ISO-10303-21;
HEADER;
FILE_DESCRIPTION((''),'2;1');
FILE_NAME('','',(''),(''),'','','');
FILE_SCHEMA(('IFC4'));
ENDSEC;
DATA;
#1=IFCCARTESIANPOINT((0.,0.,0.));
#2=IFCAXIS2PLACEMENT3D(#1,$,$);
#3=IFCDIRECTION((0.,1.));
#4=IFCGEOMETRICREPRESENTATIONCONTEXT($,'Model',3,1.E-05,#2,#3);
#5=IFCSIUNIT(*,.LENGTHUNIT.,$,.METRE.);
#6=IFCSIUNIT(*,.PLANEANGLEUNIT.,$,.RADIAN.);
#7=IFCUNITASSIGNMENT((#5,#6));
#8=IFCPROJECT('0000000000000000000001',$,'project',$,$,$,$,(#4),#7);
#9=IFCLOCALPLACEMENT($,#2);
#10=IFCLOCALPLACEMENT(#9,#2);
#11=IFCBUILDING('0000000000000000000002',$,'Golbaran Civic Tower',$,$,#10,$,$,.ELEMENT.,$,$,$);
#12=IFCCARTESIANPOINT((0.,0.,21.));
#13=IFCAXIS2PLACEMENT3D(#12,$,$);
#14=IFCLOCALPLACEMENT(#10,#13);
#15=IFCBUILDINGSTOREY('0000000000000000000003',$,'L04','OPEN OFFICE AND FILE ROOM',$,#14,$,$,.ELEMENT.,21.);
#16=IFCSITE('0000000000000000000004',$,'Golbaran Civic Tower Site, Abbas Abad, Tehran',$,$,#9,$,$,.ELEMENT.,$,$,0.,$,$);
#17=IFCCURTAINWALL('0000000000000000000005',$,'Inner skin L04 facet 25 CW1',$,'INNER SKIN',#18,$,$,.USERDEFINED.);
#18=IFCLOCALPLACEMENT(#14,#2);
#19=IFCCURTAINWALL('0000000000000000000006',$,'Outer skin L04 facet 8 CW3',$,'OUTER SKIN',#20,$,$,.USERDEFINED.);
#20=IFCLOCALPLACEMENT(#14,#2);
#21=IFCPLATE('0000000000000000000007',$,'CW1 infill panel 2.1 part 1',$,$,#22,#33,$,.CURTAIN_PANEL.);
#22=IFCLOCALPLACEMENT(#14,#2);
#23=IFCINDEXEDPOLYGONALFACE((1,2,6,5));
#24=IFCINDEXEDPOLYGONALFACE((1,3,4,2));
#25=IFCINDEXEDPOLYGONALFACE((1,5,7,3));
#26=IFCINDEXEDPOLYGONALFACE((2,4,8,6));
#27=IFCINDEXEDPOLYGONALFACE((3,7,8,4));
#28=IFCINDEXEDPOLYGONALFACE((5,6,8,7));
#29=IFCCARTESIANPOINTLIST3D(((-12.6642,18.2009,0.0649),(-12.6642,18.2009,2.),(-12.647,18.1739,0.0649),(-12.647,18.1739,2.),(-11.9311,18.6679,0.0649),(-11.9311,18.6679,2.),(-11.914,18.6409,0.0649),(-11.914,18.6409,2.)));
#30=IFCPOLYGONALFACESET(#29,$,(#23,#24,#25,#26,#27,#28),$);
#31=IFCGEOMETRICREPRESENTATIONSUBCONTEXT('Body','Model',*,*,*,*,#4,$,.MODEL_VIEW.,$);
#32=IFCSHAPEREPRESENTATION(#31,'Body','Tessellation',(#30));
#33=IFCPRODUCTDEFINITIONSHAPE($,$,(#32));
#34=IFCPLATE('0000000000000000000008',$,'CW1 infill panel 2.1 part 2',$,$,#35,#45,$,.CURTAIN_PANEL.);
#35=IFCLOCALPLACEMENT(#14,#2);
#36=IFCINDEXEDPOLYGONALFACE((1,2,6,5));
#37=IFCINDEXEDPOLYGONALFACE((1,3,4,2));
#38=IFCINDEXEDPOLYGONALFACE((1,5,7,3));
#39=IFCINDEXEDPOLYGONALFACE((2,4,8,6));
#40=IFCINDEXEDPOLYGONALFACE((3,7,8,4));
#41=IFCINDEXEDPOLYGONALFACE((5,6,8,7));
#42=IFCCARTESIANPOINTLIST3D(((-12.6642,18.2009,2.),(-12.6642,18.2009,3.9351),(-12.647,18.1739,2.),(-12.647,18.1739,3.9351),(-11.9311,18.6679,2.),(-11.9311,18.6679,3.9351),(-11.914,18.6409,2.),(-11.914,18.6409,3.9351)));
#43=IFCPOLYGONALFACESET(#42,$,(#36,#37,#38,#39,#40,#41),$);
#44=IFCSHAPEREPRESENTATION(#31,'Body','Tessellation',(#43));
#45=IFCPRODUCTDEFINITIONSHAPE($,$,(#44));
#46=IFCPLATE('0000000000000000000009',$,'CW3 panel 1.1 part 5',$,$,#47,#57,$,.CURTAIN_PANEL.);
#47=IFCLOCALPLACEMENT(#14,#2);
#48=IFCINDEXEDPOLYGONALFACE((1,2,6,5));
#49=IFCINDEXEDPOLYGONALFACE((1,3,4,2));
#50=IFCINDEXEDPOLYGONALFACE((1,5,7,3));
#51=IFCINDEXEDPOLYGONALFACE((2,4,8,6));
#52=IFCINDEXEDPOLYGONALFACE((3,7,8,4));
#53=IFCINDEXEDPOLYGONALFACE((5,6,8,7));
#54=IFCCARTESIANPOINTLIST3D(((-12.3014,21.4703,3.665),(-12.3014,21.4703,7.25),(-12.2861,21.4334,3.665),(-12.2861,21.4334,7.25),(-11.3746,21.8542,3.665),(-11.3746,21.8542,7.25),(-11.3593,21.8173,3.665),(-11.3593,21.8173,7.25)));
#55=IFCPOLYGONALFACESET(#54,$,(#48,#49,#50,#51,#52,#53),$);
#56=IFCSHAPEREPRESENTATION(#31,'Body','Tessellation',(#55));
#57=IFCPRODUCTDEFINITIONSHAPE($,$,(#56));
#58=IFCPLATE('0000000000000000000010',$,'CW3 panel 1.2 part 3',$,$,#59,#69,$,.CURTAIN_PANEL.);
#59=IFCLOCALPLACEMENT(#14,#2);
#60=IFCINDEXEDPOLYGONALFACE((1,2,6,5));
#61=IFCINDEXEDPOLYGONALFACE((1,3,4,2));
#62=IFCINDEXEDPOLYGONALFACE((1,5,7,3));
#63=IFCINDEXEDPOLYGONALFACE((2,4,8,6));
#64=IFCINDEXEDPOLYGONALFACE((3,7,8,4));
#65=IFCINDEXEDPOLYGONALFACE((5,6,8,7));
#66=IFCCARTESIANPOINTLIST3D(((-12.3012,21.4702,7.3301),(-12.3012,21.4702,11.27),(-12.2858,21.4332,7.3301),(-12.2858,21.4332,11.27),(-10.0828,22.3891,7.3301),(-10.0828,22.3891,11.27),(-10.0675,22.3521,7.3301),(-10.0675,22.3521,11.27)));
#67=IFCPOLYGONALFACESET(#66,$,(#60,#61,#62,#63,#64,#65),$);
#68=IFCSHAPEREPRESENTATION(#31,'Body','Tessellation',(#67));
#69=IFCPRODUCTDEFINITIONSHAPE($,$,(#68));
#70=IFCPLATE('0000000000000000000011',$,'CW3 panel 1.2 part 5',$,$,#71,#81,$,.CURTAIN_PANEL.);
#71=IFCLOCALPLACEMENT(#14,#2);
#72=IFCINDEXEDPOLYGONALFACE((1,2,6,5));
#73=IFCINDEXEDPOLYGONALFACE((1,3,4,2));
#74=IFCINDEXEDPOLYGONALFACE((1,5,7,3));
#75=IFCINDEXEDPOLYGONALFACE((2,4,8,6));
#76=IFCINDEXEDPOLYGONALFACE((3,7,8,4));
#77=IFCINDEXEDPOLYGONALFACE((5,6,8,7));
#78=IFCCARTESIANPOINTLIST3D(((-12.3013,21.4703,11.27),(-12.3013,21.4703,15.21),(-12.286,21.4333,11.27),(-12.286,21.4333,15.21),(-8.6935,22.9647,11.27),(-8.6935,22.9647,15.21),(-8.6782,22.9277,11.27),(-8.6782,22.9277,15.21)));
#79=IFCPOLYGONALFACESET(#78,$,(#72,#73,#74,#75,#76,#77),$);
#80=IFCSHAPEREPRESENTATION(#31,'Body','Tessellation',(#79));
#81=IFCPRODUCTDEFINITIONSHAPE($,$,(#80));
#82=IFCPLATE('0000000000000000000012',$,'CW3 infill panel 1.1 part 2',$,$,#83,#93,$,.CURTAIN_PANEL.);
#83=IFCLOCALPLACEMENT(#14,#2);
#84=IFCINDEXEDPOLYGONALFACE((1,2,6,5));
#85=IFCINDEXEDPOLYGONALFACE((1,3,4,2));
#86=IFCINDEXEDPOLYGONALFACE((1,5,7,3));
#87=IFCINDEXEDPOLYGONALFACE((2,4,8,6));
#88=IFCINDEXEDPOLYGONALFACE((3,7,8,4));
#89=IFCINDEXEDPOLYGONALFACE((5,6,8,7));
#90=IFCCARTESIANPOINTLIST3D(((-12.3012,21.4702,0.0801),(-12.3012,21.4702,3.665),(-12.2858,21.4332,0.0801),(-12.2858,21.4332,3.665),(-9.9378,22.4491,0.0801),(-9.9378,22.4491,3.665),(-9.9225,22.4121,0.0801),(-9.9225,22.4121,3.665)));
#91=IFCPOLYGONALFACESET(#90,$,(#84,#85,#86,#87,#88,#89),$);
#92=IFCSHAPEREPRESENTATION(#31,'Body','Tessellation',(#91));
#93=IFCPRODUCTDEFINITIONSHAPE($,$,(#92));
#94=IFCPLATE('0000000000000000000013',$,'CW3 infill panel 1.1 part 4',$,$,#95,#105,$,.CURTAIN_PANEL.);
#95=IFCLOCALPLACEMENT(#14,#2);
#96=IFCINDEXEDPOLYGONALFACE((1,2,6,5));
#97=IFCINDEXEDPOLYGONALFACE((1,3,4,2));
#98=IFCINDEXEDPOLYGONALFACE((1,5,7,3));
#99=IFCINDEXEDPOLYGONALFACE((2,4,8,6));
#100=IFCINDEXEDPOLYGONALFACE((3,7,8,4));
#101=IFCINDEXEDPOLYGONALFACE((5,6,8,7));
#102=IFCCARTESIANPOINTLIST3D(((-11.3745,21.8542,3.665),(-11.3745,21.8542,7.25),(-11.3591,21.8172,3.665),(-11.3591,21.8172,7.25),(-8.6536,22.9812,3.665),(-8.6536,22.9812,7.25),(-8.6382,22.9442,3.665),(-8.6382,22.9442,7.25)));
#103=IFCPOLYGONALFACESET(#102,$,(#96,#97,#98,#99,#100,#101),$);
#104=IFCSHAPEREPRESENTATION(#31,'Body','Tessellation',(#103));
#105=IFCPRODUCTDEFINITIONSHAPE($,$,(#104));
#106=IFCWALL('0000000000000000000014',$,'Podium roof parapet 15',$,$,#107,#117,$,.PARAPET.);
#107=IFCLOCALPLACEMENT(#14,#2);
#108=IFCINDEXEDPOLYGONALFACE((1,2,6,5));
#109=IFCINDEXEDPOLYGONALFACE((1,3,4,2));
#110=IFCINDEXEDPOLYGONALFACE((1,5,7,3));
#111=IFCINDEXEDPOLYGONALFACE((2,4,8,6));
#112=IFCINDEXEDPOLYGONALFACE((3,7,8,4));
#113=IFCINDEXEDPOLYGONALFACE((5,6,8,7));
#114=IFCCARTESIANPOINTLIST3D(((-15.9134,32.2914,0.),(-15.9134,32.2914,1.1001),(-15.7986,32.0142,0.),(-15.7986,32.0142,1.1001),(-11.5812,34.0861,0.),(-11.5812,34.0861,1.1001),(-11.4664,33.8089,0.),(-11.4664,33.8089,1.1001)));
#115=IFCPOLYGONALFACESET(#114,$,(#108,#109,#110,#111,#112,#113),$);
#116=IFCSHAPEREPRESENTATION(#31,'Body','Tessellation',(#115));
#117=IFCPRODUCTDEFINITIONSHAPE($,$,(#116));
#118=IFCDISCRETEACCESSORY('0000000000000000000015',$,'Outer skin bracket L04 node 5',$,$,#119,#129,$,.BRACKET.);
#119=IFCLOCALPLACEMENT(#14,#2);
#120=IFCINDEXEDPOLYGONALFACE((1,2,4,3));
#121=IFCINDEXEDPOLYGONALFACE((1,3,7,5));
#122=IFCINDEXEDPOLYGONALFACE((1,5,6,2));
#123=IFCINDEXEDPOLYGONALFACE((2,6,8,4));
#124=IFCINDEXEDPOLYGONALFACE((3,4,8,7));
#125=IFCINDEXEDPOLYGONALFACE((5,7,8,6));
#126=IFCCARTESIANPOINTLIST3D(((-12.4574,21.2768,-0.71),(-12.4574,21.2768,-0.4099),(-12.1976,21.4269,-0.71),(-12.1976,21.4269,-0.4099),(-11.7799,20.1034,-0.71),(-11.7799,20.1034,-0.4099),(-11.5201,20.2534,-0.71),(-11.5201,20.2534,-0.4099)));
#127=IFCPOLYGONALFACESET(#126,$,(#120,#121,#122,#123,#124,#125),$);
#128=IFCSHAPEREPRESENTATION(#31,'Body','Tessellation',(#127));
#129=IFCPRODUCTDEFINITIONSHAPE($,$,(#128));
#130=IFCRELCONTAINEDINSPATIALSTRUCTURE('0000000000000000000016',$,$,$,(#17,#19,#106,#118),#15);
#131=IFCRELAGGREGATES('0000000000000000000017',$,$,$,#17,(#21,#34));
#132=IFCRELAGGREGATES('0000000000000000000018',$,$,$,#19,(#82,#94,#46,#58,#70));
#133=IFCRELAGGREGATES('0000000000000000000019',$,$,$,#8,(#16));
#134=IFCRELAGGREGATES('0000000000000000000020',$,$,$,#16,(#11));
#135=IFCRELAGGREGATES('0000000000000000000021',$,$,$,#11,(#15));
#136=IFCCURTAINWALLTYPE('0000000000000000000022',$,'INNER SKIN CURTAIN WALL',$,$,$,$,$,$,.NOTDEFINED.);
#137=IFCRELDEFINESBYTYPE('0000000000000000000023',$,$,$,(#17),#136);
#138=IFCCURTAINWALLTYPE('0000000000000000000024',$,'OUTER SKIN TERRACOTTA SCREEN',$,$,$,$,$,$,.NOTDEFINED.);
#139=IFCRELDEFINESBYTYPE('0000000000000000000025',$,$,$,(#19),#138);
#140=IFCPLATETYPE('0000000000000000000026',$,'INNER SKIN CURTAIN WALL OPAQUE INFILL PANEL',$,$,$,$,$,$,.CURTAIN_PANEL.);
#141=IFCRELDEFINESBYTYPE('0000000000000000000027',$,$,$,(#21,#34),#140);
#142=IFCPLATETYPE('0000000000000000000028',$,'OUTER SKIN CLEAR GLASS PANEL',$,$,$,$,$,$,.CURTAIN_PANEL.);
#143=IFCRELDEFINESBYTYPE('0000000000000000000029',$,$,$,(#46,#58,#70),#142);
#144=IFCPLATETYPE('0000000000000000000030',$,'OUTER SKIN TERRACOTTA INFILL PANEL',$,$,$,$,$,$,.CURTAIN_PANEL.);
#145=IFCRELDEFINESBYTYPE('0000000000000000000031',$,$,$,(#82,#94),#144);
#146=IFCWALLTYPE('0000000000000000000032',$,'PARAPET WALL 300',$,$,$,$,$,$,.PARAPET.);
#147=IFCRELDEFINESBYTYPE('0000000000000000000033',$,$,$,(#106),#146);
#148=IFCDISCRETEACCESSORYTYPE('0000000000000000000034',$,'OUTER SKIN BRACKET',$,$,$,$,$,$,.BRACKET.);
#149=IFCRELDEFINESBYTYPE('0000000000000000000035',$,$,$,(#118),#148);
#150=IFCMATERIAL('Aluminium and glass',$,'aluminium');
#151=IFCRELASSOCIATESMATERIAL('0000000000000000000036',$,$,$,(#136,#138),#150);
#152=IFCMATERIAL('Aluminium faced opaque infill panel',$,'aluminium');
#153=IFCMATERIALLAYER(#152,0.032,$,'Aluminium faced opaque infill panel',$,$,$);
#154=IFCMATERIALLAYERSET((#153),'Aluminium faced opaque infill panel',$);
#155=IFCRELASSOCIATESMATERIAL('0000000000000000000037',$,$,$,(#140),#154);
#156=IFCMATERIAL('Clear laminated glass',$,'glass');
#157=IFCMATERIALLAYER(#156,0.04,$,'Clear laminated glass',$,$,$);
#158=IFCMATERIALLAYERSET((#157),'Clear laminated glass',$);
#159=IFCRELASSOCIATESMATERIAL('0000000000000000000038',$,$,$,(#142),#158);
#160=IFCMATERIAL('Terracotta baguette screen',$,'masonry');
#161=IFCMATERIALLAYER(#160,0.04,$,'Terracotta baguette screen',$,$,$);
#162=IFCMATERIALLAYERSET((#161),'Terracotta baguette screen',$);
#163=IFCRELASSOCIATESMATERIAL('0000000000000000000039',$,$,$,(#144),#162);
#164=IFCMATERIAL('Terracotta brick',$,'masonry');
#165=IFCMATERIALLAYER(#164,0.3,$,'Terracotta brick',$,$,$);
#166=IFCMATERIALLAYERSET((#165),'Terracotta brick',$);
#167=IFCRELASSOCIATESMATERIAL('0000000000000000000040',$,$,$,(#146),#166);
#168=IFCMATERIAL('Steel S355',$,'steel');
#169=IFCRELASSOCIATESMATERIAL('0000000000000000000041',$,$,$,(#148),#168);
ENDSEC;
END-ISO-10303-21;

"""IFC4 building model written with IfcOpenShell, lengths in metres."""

from ifc_helpers import new_model, si_unit, direction, frame, frame_2d, origin, origin_2d, place, context, subcontext, project, spatial, rectangle, extrude, material, layer, layer_set, type_object, element, aggregate, save


model = new_model("IFC4")

# Units and contexts
model_context = context("Model", 3, precision=1e-05, world=origin(), true_north=direction((0.0, 1.0)))
body_context = subcontext(model_context, "Body", "Model", "MODEL_VIEW")
ifc_project = project(units=[si_unit("LENGTHUNIT", "METRE"), si_unit("PLANEANGLEUNIT", "RADIAN")], contexts=[model_context])

# Site, building, storey
site_placement = place(None, origin())
site = spatial("IfcSite", under=ifc_project, at=site_placement, Name="Golbaran Civic Tower Site, Abbas Abad, Tehran", CompositionType="ELEMENT", RefElevation=0.0)
building_placement = place(site_placement, origin())
building = spatial("IfcBuilding", under=site, at=building_placement, Name="Golbaran Civic Tower", CompositionType="ELEMENT")
storey_placement = place(building_placement, frame((0.0, 0.0, 21.0)))
storey = spatial("IfcBuildingStorey", under=building, at=storey_placement, Name="L04", Description="OPEN OFFICE AND FILE ROOM", CompositionType="ELEMENT", Elevation=21.0)

# Shared definitions
ifc_material_1 = material(Name="Steel S355", Category="steel")

# Shared definitions
ifc_material_2 = material(Name="Aluminium and glass", Category="aluminium")
curtain_wall_type_1 = type_object("IfcCurtainWallType", Name="INNER SKIN CURTAIN WALL", PredefinedType="NOTDEFINED", material=ifc_material_2)

# Curtain wall
curtain_wall_1_placement = place(storey_placement, origin())
curtain_wall_1 = element("IfcCurtainWall", 1, at=curtain_wall_1_placement, inside=storey, type_object=curtain_wall_type_1, Name="Inner skin L04 facet 25 CW1", ObjectType="INNER SKIN", PredefinedType="USERDEFINED")

# Curtain wall
curtain_wall_type_2 = type_object("IfcCurtainWallType", Name="OUTER SKIN TERRACOTTA SCREEN", PredefinedType="NOTDEFINED", material=ifc_material_2)
curtain_wall_2_placement = place(storey_placement, origin())
curtain_wall_2 = element("IfcCurtainWall", 2, at=curtain_wall_2_placement, inside=storey, type_object=curtain_wall_type_2, Name="Outer skin L04 facet 8 CW3", ObjectType="OUTER SKIN", PredefinedType="USERDEFINED")

# Plates
ifc_material_3 = material(Name="Aluminium faced opaque infill panel", Category="aluminium")
ifc_layer_1 = layer(ifc_material_3, 0.032, Name="Aluminium faced opaque infill panel")
ifc_layer_set_1 = layer_set([ifc_layer_1], Name="Aluminium faced opaque infill panel")
plate_type_1 = type_object("IfcPlateType", Name="INNER SKIN CURTAIN WALL OPAQUE INFILL PANEL", PredefinedType="CURTAIN_PANEL", material=ifc_layer_set_1)
plate_1_placement = place(storey_placement, frame((-12.2891, 18.4209, 0.0649), z_axis=(0.0, 0.0, 1.0), x_axis=(-0.843391, -0.5373, 0.0)))
plate_1 = element("IfcPlate", 3, at=plate_1_placement, type_object=plate_type_1, Name="CW1 infill panel 2.1 part 1", PredefinedType="CURTAIN_PANEL", context=body_context, shape_type="SweptSolid", body=[
    extrude(rectangle(XDim=0.8691, YDim=0.032, at=origin_2d()), origin(), (0.0, 0.0, 1.0), 1.9351),
])
plate_2_placement = place(storey_placement, frame((-12.2891, 18.4209, 2.0), z_axis=(0.0, 0.0, 1.0), x_axis=(-0.843391, -0.5373, 0.0)))
plate_2 = element("IfcPlate", 4, at=plate_2_placement, type_object=plate_type_1, Name="CW1 infill panel 2.1 part 2", PredefinedType="CURTAIN_PANEL", context=body_context, shape_type="SweptSolid", body=[
    extrude(rectangle(XDim=0.8691, YDim=0.032, at=origin_2d()), origin(), (0.0, 0.0, 1.0), 1.9351),
])
aggregate(curtain_wall_1, [plate_1, plate_2])
ifc_material_4 = material(Name="Clear laminated glass", Category="glass")
ifc_layer_2 = layer(ifc_material_4, 0.04, Name="Clear laminated glass")
ifc_layer_set_2 = layer_set([ifc_layer_2], Name="Clear laminated glass")
plate_type_2 = type_object("IfcPlateType", Name="OUTER SKIN CLEAR GLASS PANEL", PredefinedType="CURTAIN_PANEL", material=ifc_layer_set_2)
plate_3_placement = place(storey_placement, frame((-11.8303, 21.6438, 3.665), z_axis=(0.0, 0.0, 1.0), x_axis=(-0.92388, -0.382683, 0.0)))
plate_3 = element("IfcPlate", 5, at=plate_3_placement, type_object=plate_type_2, Name="CW3 panel 1.1 part 5", PredefinedType="CURTAIN_PANEL", context=body_context, shape_type="SweptSolid", body=[
    extrude(rectangle(XDim=1.0032, YDim=0.04, at=origin_2d()), origin(), (0.0, 0.0, 1.0), 3.585),
])
plate_4_placement = place(storey_placement, frame((-11.1843, 21.9111, 7.3301), z_axis=(0.0, 0.0, 1.0), x_axis=(-0.92388, -0.382683, 0.0)))
plate_4 = element("IfcPlate", 6, at=plate_4_placement, type_object=plate_type_2, Name="CW3 panel 1.2 part 3", PredefinedType="CURTAIN_PANEL", context=body_context, shape_type="SweptSolid", body=[
    extrude(rectangle(XDim=2.4011, YDim=0.04, at=origin_2d()), origin(), (0.0, 0.0, 1.0), 3.9399),
])
plate_5_placement = place(storey_placement, frame((-10.4897, 22.199, 11.27), z_axis=(0.0, 0.0, 1.0), x_axis=(-0.92388, -0.382683, 0.0)))
plate_5 = element("IfcPlate", 7, at=plate_5_placement, type_object=plate_type_2, Name="CW3 panel 1.2 part 5", PredefinedType="CURTAIN_PANEL", context=body_context, shape_type="SweptSolid", body=[
    extrude(rectangle(XDim=3.905, YDim=0.04, at=origin_2d()), origin(), (0.0, 0.0, 1.0), 3.9399),
])
ifc_material_5 = material(Name="Terracotta baguette screen", Category="masonry")
ifc_layer_3 = layer(ifc_material_5, 0.04, Name="Terracotta baguette screen")
ifc_layer_set_3 = layer_set([ifc_layer_3], Name="Terracotta baguette screen")
plate_type_3 = type_object("IfcPlateType", Name="OUTER SKIN TERRACOTTA INFILL PANEL", PredefinedType="CURTAIN_PANEL", material=ifc_layer_set_3)
plate_6_placement = place(storey_placement, frame((-11.1118, 21.9412, 0.0801), z_axis=(0.0, 0.0, 1.0), x_axis=(-0.92388, -0.382683, 0.0)))
plate_6 = element("IfcPlate", 8, at=plate_6_placement, type_object=plate_type_3, Name="CW3 infill panel 1.1 part 2", PredefinedType="CURTAIN_PANEL", context=body_context, shape_type="SweptSolid", body=[
    extrude(rectangle(XDim=2.5581, YDim=0.04, at=origin_2d()), origin(), (0.0, 0.0, 1.0), 3.585),
])
plate_7_placement = place(storey_placement, frame((-10.0063, 22.3992, 3.665), z_axis=(0.0, 0.0, 1.0), x_axis=(-0.92388, -0.382683, 0.0)))
plate_7 = element("IfcPlate", 9, at=plate_7_placement, type_object=plate_type_3, Name="CW3 infill panel 1.1 part 4", PredefinedType="CURTAIN_PANEL", context=body_context, shape_type="SweptSolid", body=[
    extrude(rectangle(XDim=2.9451, YDim=0.04, at=origin_2d()), origin(), (0.0, 0.0, 1.0), 3.585),
])
aggregate(curtain_wall_2, [plate_6, plate_7, plate_3, plate_4, plate_5])

# Wall
ifc_material_6 = material(Name="Terracotta brick", Category="masonry")
ifc_layer_4 = layer(ifc_material_6, 0.3, Name="Terracotta brick")
ifc_layer_set_4 = layer_set([ifc_layer_4], Name="Terracotta brick")
wall_type = type_object("IfcWallType", Name="PARAPET WALL 300", PredefinedType="PARAPET", material=ifc_layer_set_4)
wall_placement = place(storey_placement, frame((-11.5237, 33.9475, 0.0), z_axis=(0.0, 0.0, 1.0), x_axis=(-0.923865, -0.382718, 0.0)))
element("IfcWall", 10, at=wall_placement, inside=storey, type_object=wall_type, Name="Podium roof parapet 15", PredefinedType="PARAPET", context=body_context, shape_type="SweptSolid", body=[
    extrude(rectangle(XDim=4.6892, YDim=0.3, at=frame_2d((2.3447, 0.0))), origin(), (0.0, 0.0, 1.0), 1.1001),
])

# Discrete accessory
discrete_accessory_type = type_object("IfcDiscreteAccessoryType", Name="OUTER SKIN BRACKET", PredefinedType="BRACKET", material=ifc_material_1)
discrete_accessory_placement = place(storey_placement, frame((-11.9888, 20.7651, -0.71), z_axis=(0.0, 0.0, 1.0), x_axis=(-0.5, 0.866025, 0.0)))
element("IfcDiscreteAccessory", 11, at=discrete_accessory_placement, inside=storey, type_object=discrete_accessory_type, Name="Outer skin bracket L04 node 5", PredefinedType="BRACKET", context=body_context, shape_type="SweptSolid", body=[
    extrude(rectangle(XDim=1.355, YDim=0.3, at=origin_2d()), origin(), (0.0, 0.0, 1.0), 0.3),
])

save(model, "model.ifc")
